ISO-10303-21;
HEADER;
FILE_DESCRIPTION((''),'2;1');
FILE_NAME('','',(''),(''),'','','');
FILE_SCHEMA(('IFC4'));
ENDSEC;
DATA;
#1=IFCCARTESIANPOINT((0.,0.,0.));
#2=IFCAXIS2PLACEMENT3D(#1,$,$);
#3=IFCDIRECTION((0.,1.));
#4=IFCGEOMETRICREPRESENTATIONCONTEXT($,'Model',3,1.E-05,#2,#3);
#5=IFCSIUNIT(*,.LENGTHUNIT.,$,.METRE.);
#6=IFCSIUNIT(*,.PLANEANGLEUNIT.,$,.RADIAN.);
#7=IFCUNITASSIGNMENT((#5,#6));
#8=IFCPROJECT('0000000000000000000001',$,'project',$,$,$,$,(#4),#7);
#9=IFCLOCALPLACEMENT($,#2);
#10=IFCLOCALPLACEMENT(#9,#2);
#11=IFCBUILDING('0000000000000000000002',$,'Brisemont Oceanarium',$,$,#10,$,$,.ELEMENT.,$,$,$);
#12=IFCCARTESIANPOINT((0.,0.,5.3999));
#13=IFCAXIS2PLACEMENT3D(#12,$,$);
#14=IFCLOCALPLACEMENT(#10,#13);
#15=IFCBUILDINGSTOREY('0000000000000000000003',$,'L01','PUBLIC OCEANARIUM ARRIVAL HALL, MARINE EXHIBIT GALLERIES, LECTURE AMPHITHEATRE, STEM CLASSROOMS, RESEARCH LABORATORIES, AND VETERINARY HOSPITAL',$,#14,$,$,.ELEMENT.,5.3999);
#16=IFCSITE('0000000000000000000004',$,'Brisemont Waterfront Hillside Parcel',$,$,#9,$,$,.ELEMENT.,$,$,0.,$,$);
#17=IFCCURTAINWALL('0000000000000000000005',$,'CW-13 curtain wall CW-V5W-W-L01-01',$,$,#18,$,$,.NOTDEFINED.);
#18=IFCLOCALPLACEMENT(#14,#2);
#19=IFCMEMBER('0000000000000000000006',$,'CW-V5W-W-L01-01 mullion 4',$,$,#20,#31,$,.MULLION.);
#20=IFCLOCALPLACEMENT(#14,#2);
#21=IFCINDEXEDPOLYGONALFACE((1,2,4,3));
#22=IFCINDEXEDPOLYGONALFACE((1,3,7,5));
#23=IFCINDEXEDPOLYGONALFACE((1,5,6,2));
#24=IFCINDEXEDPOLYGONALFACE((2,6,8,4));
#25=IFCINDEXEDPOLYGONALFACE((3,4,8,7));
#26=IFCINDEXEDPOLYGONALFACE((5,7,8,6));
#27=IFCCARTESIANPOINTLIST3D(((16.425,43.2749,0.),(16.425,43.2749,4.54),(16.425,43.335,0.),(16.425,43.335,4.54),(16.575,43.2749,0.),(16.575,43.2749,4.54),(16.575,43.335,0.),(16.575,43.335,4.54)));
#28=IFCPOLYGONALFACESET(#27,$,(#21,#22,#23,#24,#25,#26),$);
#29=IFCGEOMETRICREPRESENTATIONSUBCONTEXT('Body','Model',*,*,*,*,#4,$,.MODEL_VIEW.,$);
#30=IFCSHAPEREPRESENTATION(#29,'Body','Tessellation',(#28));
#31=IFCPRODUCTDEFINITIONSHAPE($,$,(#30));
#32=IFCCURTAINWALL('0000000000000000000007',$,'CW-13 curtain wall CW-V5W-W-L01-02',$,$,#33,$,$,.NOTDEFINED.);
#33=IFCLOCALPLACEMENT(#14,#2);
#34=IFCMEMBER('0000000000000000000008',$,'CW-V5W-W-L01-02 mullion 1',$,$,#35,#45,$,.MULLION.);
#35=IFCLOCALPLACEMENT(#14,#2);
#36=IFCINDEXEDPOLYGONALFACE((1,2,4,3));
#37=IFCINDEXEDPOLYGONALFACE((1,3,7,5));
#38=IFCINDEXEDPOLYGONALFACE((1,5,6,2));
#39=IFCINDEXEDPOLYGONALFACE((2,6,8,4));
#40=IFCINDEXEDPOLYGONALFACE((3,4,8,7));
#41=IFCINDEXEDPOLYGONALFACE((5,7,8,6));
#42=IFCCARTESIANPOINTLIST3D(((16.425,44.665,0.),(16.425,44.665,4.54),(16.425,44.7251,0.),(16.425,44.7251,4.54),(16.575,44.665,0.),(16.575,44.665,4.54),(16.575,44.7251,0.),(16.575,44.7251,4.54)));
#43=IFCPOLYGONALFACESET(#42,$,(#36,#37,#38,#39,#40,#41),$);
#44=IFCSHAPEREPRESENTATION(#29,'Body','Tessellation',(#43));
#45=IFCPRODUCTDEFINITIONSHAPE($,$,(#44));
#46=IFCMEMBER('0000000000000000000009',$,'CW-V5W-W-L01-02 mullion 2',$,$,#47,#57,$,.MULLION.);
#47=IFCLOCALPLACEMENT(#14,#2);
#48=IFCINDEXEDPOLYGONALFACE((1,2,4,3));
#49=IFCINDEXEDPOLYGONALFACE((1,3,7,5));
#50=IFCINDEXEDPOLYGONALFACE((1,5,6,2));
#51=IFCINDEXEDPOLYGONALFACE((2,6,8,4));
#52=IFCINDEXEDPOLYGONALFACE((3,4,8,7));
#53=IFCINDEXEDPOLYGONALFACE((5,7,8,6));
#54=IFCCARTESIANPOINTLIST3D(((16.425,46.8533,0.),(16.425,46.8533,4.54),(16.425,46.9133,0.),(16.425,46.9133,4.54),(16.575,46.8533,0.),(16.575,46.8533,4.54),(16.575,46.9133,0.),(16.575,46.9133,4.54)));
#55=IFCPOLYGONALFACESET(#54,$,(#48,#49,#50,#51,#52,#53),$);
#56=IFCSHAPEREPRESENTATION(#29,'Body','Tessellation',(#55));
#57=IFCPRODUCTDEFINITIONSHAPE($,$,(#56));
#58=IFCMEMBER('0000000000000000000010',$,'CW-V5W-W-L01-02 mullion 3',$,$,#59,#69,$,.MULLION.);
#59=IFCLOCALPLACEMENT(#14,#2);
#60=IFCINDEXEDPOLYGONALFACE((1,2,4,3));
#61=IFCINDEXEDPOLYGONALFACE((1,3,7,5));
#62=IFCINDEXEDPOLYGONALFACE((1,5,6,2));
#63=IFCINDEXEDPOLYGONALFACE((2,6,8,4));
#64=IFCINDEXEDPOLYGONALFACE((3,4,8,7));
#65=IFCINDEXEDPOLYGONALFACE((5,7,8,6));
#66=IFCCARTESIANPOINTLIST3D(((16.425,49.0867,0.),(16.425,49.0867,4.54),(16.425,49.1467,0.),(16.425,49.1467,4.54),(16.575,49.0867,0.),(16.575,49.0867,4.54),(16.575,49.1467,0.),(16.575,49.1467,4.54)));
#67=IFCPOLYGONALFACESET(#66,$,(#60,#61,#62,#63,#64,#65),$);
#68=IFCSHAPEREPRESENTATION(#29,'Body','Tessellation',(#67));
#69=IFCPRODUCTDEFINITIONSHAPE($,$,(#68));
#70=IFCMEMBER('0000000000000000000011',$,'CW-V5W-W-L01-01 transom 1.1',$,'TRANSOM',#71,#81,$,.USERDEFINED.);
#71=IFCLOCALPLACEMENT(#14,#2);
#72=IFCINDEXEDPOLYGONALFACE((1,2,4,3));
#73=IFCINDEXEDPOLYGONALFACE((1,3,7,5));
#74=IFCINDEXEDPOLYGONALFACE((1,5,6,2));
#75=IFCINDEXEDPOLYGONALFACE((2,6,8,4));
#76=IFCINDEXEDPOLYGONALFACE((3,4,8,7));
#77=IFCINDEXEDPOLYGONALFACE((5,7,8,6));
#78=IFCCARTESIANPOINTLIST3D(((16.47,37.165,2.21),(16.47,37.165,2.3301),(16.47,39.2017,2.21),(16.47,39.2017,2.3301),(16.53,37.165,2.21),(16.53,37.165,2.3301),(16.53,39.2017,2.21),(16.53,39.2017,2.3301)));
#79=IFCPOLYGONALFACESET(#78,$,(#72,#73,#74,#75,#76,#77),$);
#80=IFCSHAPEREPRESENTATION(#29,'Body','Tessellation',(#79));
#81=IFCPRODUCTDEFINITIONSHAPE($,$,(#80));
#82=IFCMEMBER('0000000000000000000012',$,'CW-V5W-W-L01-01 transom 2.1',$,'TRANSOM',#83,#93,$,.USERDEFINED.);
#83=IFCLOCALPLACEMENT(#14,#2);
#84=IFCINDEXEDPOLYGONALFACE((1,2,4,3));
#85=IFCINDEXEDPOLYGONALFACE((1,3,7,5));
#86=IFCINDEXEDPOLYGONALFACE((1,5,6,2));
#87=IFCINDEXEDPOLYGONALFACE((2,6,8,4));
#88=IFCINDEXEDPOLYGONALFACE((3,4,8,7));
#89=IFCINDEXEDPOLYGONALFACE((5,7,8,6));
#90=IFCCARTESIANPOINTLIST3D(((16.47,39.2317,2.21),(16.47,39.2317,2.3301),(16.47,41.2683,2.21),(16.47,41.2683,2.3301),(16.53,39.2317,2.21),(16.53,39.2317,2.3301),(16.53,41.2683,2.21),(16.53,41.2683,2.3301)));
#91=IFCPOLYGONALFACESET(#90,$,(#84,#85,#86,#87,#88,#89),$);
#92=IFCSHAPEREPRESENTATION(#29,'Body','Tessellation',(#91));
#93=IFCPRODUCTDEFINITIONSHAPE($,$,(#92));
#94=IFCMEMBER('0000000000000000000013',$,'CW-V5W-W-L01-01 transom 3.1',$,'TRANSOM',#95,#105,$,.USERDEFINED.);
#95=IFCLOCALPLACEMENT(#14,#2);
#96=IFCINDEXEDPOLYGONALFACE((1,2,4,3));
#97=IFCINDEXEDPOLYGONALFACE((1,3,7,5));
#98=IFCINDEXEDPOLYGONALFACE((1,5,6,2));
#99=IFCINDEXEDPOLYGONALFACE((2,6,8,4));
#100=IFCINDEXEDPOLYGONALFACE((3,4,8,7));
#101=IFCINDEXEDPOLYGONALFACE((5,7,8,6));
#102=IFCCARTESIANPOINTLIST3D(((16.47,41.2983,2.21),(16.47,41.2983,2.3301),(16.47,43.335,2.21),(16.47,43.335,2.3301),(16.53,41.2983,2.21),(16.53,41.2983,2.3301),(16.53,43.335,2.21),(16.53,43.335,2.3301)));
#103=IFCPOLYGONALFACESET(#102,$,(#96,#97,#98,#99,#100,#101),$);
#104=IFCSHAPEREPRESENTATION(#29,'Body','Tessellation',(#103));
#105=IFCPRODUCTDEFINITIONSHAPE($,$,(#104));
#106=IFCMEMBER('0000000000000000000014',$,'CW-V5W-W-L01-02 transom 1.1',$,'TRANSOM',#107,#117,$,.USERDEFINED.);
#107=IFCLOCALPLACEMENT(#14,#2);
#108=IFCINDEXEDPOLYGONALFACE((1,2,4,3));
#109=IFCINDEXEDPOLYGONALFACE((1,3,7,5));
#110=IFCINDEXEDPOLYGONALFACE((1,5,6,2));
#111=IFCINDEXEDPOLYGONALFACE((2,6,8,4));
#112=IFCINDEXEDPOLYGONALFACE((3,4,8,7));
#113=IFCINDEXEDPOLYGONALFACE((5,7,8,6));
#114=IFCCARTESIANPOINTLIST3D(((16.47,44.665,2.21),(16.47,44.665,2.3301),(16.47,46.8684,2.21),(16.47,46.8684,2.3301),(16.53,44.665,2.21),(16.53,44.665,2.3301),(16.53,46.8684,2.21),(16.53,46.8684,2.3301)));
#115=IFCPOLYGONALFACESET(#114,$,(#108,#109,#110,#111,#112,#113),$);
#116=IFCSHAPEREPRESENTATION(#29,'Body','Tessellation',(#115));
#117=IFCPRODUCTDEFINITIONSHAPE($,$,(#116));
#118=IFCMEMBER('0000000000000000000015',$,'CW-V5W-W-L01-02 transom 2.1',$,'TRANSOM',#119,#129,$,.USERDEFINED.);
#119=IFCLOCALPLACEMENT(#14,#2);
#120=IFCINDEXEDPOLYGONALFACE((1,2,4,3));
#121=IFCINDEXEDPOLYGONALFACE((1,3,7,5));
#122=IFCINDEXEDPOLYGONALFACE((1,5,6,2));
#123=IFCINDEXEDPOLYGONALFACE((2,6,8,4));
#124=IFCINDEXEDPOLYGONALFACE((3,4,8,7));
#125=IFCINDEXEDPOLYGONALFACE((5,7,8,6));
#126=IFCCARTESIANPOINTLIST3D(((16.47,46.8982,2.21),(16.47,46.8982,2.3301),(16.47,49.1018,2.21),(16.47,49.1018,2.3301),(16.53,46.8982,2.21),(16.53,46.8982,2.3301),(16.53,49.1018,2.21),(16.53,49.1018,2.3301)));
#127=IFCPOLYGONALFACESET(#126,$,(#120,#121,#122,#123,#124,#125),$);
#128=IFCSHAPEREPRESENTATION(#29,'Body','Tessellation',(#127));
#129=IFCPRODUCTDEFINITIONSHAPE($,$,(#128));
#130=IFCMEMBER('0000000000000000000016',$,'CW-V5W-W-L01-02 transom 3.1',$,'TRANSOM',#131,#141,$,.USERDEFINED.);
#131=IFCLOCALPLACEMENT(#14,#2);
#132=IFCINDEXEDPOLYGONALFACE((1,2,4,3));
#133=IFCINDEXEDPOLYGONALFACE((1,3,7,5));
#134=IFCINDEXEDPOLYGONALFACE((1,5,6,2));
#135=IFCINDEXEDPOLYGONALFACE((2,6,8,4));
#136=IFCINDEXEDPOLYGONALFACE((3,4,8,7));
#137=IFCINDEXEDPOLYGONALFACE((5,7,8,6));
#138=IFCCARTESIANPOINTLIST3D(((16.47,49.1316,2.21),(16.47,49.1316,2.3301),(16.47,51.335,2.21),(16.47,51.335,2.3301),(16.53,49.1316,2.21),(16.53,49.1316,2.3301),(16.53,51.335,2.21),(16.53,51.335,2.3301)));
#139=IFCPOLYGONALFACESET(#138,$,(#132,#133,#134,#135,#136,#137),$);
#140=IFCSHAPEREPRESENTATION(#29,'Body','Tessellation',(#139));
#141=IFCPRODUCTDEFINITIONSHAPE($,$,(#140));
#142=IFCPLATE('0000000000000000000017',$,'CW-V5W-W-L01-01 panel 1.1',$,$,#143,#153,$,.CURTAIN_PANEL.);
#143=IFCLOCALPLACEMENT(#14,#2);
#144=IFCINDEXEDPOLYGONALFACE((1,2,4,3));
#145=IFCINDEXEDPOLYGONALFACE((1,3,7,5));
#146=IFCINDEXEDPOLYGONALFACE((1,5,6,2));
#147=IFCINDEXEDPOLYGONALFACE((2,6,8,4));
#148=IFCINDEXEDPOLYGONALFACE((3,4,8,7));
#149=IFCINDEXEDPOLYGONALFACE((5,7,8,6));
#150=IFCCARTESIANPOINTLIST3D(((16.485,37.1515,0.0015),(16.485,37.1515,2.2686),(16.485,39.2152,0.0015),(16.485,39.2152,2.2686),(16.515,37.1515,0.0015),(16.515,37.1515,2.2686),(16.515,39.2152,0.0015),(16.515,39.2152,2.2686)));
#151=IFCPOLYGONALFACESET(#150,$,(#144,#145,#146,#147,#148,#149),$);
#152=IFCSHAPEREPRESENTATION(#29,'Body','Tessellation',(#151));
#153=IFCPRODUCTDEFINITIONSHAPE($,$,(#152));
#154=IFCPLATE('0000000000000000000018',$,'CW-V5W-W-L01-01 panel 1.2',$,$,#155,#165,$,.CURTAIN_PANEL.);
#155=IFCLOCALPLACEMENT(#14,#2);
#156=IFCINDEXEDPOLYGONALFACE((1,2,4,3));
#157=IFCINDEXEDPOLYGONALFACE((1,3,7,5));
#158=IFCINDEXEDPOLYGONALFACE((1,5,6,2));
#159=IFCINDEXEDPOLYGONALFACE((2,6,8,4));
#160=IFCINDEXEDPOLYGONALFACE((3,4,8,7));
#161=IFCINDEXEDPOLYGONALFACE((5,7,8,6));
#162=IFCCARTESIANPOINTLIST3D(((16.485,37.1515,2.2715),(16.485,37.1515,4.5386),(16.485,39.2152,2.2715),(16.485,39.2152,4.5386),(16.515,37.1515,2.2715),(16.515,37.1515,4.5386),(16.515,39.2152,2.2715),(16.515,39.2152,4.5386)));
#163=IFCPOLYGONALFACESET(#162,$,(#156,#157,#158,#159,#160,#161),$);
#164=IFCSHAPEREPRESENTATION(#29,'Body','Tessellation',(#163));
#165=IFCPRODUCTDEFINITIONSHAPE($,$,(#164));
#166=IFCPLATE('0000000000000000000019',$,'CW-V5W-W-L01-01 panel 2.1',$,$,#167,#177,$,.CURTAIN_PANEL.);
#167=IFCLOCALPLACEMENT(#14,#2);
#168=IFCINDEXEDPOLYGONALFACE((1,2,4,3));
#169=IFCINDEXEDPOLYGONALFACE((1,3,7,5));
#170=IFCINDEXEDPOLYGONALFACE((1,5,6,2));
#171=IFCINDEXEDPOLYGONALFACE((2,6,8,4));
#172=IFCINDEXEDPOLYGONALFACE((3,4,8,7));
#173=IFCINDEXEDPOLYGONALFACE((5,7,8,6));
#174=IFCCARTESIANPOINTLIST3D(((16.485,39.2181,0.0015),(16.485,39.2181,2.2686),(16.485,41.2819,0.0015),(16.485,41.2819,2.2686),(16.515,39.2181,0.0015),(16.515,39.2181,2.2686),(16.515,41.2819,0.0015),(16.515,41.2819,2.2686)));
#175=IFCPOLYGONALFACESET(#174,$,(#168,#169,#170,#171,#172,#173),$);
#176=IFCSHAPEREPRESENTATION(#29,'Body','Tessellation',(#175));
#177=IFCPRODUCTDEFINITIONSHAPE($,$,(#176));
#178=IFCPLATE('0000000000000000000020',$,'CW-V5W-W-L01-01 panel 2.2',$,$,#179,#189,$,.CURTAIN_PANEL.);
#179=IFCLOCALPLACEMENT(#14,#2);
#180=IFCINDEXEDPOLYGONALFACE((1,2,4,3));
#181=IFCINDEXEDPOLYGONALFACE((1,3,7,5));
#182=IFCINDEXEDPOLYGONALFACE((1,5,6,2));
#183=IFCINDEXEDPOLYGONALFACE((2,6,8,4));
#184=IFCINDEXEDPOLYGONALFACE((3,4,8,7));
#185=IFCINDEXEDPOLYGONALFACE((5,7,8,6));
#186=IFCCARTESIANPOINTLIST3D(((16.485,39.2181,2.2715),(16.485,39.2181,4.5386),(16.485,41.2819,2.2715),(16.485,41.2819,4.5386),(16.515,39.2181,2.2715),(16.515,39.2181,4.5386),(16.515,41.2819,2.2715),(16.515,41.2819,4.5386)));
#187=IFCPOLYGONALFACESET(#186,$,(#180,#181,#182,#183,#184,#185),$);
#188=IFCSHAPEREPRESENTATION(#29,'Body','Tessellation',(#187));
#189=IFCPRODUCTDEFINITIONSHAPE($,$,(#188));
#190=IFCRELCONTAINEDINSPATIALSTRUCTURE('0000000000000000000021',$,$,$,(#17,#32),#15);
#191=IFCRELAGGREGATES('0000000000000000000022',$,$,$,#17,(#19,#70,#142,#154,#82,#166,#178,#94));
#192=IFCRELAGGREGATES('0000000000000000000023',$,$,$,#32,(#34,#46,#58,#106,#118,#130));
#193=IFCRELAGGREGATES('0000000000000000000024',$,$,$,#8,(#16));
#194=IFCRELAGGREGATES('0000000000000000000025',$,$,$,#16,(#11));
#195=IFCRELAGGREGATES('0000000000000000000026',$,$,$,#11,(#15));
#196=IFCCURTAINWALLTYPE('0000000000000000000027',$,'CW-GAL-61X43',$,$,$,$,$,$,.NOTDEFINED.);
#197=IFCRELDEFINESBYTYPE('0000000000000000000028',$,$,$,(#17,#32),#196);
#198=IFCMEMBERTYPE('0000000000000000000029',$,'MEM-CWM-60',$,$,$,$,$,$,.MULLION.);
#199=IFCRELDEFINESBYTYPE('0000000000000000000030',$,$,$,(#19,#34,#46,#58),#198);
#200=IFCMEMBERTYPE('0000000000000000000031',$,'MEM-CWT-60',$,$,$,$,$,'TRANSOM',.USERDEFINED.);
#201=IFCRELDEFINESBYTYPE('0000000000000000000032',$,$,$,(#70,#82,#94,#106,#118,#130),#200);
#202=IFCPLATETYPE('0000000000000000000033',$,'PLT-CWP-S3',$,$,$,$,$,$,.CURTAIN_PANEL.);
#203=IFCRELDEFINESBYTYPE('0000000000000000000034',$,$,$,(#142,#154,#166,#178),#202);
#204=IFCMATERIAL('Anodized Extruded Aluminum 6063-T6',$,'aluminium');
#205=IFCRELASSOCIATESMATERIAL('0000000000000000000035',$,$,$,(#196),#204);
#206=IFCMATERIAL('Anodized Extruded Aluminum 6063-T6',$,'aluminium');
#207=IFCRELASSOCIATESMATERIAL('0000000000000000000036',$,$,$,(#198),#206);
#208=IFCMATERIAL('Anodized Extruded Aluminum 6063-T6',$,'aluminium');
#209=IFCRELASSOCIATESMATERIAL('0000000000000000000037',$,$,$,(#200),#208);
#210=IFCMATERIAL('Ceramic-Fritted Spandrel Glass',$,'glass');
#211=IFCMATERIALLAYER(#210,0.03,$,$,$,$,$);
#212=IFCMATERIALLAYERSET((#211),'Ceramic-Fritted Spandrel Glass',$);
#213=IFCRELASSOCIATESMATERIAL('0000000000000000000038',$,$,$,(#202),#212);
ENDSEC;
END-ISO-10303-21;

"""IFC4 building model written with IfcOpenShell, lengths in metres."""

from ifc_helpers import new_model, si_unit, direction, frame, origin, origin_2d, place, context, subcontext, project, spatial, rectangle, extrude, material, layer, layer_set, material_profile, profile_set, type_object, element, aggregate, save


model = new_model("IFC4")

# Units and contexts
model_context = context("Model", 3, precision=1e-05, world=origin(), true_north=direction((0.0, 1.0)))
body_context = subcontext(model_context, "Body", "Model", "MODEL_VIEW")
ifc_project = project(units=[si_unit("LENGTHUNIT", "METRE"), si_unit("PLANEANGLEUNIT", "RADIAN")], contexts=[model_context])

# Site, building, storey
site_placement = place(None, origin())
site = spatial("IfcSite", under=ifc_project, at=site_placement, Name="Brisemont Waterfront Hillside Parcel", CompositionType="ELEMENT", RefElevation=0.0)
building_placement = place(site_placement, origin())
building = spatial("IfcBuilding", under=site, at=building_placement, Name="Brisemont Oceanarium", CompositionType="ELEMENT")
storey_placement = place(building_placement, frame((0.0, 0.0, 5.3999)))
storey = spatial("IfcBuildingStorey", under=building, at=storey_placement, Name="L01", Description="PUBLIC OCEANARIUM ARRIVAL HALL, MARINE EXHIBIT GALLERIES, LECTURE AMPHITHEATRE, STEM CLASSROOMS, RESEARCH LABORATORIES, AND VETERINARY HOSPITAL", CompositionType="ELEMENT", Elevation=5.3999)

# Curtain walls, members
ifc_material_1 = material(Name="Anodized Extruded Aluminum 6063-T6", Category="aluminium")
curtain_wall_type = type_object("IfcCurtainWallType", Name="CW-GAL-61X43", PredefinedType="NOTDEFINED", material=ifc_material_1)
curtain_wall_1_placement = place(storey_placement, origin())
curtain_wall_1 = element("IfcCurtainWall", 1, at=curtain_wall_1_placement, inside=storey, type_object=curtain_wall_type, Name="CW-13 curtain wall CW-V5W-W-L01-01", PredefinedType="NOTDEFINED")
ifc_material_2 = material(Name="Anodized Extruded Aluminum 6063-T6", Category="aluminium")
ifc_material_profile_1 = material_profile(ifc_material_2, rectangle(XDim=0.0601, YDim=0.1499, at=origin_2d()), Name="CWM-60X150")
ifc_profile_set_1 = profile_set([ifc_material_profile_1], Name="Anodized Extruded Aluminum 6063-T6")
member_type_1 = type_object("IfcMemberType", Name="MEM-CWM-60", PredefinedType="MULLION", material=ifc_profile_set_1)
member_1_placement = place(storey_placement, frame((16.5, 43.3049, 0.0), z_axis=(0.0, 0.0, 1.0), x_axis=(0.0, 1.0, 0.0)))
member_1 = element("IfcMember", 2, at=member_1_placement, type_object=member_type_1, Name="CW-V5W-W-L01-01 mullion 4", PredefinedType="MULLION", context=body_context, shape_type="SweptSolid", body=[
    extrude(rectangle(XDim=0.0601, YDim=0.1499, at=origin_2d()), origin(), (0.0, 0.0, 1.0), 4.54),
])
curtain_wall_2_placement = place(storey_placement, origin())
curtain_wall_2 = element("IfcCurtainWall", 3, at=curtain_wall_2_placement, inside=storey, type_object=curtain_wall_type, Name="CW-13 curtain wall CW-V5W-W-L01-02", PredefinedType="NOTDEFINED")
member_2_placement = place(storey_placement, frame((16.5, 44.6951, 0.0), z_axis=(0.0, 0.0, 1.0), x_axis=(0.0, 1.0, 0.0)))
member_2 = element("IfcMember", 4, at=member_2_placement, type_object=member_type_1, Name="CW-V5W-W-L01-02 mullion 1", PredefinedType="MULLION", context=body_context, shape_type="SweptSolid", body=[
    extrude(rectangle(XDim=0.0601, YDim=0.1499, at=origin_2d()), origin(), (0.0, 0.0, 1.0), 4.54),
])
member_3_placement = place(storey_placement, frame((16.5, 46.8833, 0.0), z_axis=(0.0, 0.0, 1.0), x_axis=(0.0, 1.0, 0.0)))
member_3 = element("IfcMember", 5, at=member_3_placement, type_object=member_type_1, Name="CW-V5W-W-L01-02 mullion 2", PredefinedType="MULLION", context=body_context, shape_type="SweptSolid", body=[
    extrude(rectangle(XDim=0.0601, YDim=0.1499, at=origin_2d()), origin(), (0.0, 0.0, 1.0), 4.54),
])
member_4_placement = place(storey_placement, frame((16.5, 49.1167, 0.0), z_axis=(0.0, 0.0, 1.0), x_axis=(0.0, 1.0, 0.0)))
member_4 = element("IfcMember", 6, at=member_4_placement, type_object=member_type_1, Name="CW-V5W-W-L01-02 mullion 3", PredefinedType="MULLION", context=body_context, shape_type="SweptSolid", body=[
    extrude(rectangle(XDim=0.0601, YDim=0.1499, at=origin_2d()), origin(), (0.0, 0.0, 1.0), 4.54),
])

# Members
ifc_material_3 = material(Name="Anodized Extruded Aluminum 6063-T6", Category="aluminium")
ifc_material_profile_2 = material_profile(ifc_material_3, rectangle(XDim=0.0601, YDim=0.1201, at=origin_2d()), Name="CWT-60X120")
ifc_profile_set_2 = profile_set([ifc_material_profile_2], Name="Anodized Extruded Aluminum 6063-T6")
member_type_2 = type_object("IfcMemberType", Name="MEM-CWT-60", ElementType="TRANSOM", PredefinedType="USERDEFINED", material=ifc_profile_set_2)
member_5_placement = place(storey_placement, frame((16.5, 37.165, 2.27), z_axis=(0.0, 1.0, 0.0), x_axis=(-1.0, 0.0, 0.0)))
member_5 = element("IfcMember", 7, at=member_5_placement, type_object=member_type_2, Name="CW-V5W-W-L01-01 transom 1.1", ObjectType="TRANSOM", PredefinedType="USERDEFINED", context=body_context, shape_type="SweptSolid", body=[
    extrude(rectangle(XDim=0.0601, YDim=0.1201, at=origin_2d()), origin(), (0.0, 0.0, 1.0), 2.0366),
])
member_6_placement = place(storey_placement, frame((16.5, 39.2317, 2.27), z_axis=(0.0, 1.0, 0.0), x_axis=(-1.0, 0.0, 0.0)))
member_6 = element("IfcMember", 8, at=member_6_placement, type_object=member_type_2, Name="CW-V5W-W-L01-01 transom 2.1", ObjectType="TRANSOM", PredefinedType="USERDEFINED", context=body_context, shape_type="SweptSolid", body=[
    extrude(rectangle(XDim=0.0601, YDim=0.1201, at=origin_2d()), origin(), (0.0, 0.0, 1.0), 2.0366),
])
member_7_placement = place(storey_placement, frame((16.5, 41.2983, 2.27), z_axis=(0.0, 1.0, 0.0), x_axis=(-1.0, 0.0, 0.0)))
member_7 = element("IfcMember", 9, at=member_7_placement, type_object=member_type_2, Name="CW-V5W-W-L01-01 transom 3.1", ObjectType="TRANSOM", PredefinedType="USERDEFINED", context=body_context, shape_type="SweptSolid", body=[
    extrude(rectangle(XDim=0.0601, YDim=0.1201, at=origin_2d()), origin(), (0.0, 0.0, 1.0), 2.0366),
])
member_8_placement = place(storey_placement, frame((16.5, 44.665, 2.27), z_axis=(0.0, 1.0, 0.0), x_axis=(-1.0, 0.0, 0.0)))
member_8 = element("IfcMember", 10, at=member_8_placement, type_object=member_type_2, Name="CW-V5W-W-L01-02 transom 1.1", ObjectType="TRANSOM", PredefinedType="USERDEFINED", context=body_context, shape_type="SweptSolid", body=[
    extrude(rectangle(XDim=0.0601, YDim=0.1201, at=origin_2d()), origin(), (0.0, 0.0, 1.0), 2.2034),
])
member_9_placement = place(storey_placement, frame((16.5, 46.8982, 2.27), z_axis=(0.0, 1.0, 0.0), x_axis=(-1.0, 0.0, 0.0)))
member_9 = element("IfcMember", 11, at=member_9_placement, type_object=member_type_2, Name="CW-V5W-W-L01-02 transom 2.1", ObjectType="TRANSOM", PredefinedType="USERDEFINED", context=body_context, shape_type="SweptSolid", body=[
    extrude(rectangle(XDim=0.0601, YDim=0.1201, at=origin_2d()), origin(), (0.0, 0.0, 1.0), 2.2036),
])
member_10_placement = place(storey_placement, frame((16.5, 49.1316, 2.27), z_axis=(0.0, 1.0, 0.0), x_axis=(-1.0, 0.0, 0.0)))
member_10 = element("IfcMember", 12, at=member_10_placement, type_object=member_type_2, Name="CW-V5W-W-L01-02 transom 3.1", ObjectType="TRANSOM", PredefinedType="USERDEFINED", context=body_context, shape_type="SweptSolid", body=[
    extrude(rectangle(XDim=0.0601, YDim=0.1201, at=origin_2d()), origin(), (0.0, 0.0, 1.0), 2.2034),
])

# Plates
ifc_material_4 = material(Name="Ceramic-Fritted Spandrel Glass", Category="glass")
ifc_layer = layer(ifc_material_4, 0.03)
ifc_layer_set = layer_set([ifc_layer], Name="Ceramic-Fritted Spandrel Glass")
plate_type = type_object("IfcPlateType", Name="PLT-CWP-S3", PredefinedType="CURTAIN_PANEL", material=ifc_layer_set)
plate_1_placement = place(storey_placement, frame((16.5, 38.1833, 0.0015), z_axis=(0.0, 0.0, 1.0), x_axis=(0.0, 1.0, 0.0)))
plate_1 = element("IfcPlate", 13, at=plate_1_placement, type_object=plate_type, Name="CW-V5W-W-L01-01 panel 1.1", PredefinedType="CURTAIN_PANEL", context=body_context, shape_type="SweptSolid", body=[
    extrude(rectangle(XDim=2.0637, YDim=0.03, at=origin_2d()), origin(), (0.0, 0.0, 1.0), 2.2671),
])
plate_2_placement = place(storey_placement, frame((16.5, 38.1833, 2.2715), z_axis=(0.0, 0.0, 1.0), x_axis=(0.0, 1.0, 0.0)))
plate_2 = element("IfcPlate", 14, at=plate_2_placement, type_object=plate_type, Name="CW-V5W-W-L01-01 panel 1.2", PredefinedType="CURTAIN_PANEL", context=body_context, shape_type="SweptSolid", body=[
    extrude(rectangle(XDim=2.0637, YDim=0.03, at=origin_2d()), origin(), (0.0, 0.0, 1.0), 2.2671),
])
plate_3_placement = place(storey_placement, frame((16.5, 40.25, 0.0015), z_axis=(0.0, 0.0, 1.0), x_axis=(0.0, 1.0, 0.0)))
plate_3 = element("IfcPlate", 15, at=plate_3_placement, type_object=plate_type, Name="CW-V5W-W-L01-01 panel 2.1", PredefinedType="CURTAIN_PANEL", context=body_context, shape_type="SweptSolid", body=[
    extrude(rectangle(XDim=2.0637, YDim=0.03, at=origin_2d()), origin(), (0.0, 0.0, 1.0), 2.2671),
])
plate_4_placement = place(storey_placement, frame((16.5, 40.25, 2.2715), z_axis=(0.0, 0.0, 1.0), x_axis=(0.0, 1.0, 0.0)))
plate_4 = element("IfcPlate", 16, at=plate_4_placement, type_object=plate_type, Name="CW-V5W-W-L01-01 panel 2.2", PredefinedType="CURTAIN_PANEL", context=body_context, shape_type="SweptSolid", body=[
    extrude(rectangle(XDim=2.0637, YDim=0.03, at=origin_2d()), origin(), (0.0, 0.0, 1.0), 2.2671),
])
aggregate(curtain_wall_1, [member_1, member_5, plate_1, plate_2, member_6, plate_3, plate_4, member_7])
aggregate(curtain_wall_2, [member_2, member_3, member_4, member_8, member_9, member_10])

save(model, "model.ifc")
